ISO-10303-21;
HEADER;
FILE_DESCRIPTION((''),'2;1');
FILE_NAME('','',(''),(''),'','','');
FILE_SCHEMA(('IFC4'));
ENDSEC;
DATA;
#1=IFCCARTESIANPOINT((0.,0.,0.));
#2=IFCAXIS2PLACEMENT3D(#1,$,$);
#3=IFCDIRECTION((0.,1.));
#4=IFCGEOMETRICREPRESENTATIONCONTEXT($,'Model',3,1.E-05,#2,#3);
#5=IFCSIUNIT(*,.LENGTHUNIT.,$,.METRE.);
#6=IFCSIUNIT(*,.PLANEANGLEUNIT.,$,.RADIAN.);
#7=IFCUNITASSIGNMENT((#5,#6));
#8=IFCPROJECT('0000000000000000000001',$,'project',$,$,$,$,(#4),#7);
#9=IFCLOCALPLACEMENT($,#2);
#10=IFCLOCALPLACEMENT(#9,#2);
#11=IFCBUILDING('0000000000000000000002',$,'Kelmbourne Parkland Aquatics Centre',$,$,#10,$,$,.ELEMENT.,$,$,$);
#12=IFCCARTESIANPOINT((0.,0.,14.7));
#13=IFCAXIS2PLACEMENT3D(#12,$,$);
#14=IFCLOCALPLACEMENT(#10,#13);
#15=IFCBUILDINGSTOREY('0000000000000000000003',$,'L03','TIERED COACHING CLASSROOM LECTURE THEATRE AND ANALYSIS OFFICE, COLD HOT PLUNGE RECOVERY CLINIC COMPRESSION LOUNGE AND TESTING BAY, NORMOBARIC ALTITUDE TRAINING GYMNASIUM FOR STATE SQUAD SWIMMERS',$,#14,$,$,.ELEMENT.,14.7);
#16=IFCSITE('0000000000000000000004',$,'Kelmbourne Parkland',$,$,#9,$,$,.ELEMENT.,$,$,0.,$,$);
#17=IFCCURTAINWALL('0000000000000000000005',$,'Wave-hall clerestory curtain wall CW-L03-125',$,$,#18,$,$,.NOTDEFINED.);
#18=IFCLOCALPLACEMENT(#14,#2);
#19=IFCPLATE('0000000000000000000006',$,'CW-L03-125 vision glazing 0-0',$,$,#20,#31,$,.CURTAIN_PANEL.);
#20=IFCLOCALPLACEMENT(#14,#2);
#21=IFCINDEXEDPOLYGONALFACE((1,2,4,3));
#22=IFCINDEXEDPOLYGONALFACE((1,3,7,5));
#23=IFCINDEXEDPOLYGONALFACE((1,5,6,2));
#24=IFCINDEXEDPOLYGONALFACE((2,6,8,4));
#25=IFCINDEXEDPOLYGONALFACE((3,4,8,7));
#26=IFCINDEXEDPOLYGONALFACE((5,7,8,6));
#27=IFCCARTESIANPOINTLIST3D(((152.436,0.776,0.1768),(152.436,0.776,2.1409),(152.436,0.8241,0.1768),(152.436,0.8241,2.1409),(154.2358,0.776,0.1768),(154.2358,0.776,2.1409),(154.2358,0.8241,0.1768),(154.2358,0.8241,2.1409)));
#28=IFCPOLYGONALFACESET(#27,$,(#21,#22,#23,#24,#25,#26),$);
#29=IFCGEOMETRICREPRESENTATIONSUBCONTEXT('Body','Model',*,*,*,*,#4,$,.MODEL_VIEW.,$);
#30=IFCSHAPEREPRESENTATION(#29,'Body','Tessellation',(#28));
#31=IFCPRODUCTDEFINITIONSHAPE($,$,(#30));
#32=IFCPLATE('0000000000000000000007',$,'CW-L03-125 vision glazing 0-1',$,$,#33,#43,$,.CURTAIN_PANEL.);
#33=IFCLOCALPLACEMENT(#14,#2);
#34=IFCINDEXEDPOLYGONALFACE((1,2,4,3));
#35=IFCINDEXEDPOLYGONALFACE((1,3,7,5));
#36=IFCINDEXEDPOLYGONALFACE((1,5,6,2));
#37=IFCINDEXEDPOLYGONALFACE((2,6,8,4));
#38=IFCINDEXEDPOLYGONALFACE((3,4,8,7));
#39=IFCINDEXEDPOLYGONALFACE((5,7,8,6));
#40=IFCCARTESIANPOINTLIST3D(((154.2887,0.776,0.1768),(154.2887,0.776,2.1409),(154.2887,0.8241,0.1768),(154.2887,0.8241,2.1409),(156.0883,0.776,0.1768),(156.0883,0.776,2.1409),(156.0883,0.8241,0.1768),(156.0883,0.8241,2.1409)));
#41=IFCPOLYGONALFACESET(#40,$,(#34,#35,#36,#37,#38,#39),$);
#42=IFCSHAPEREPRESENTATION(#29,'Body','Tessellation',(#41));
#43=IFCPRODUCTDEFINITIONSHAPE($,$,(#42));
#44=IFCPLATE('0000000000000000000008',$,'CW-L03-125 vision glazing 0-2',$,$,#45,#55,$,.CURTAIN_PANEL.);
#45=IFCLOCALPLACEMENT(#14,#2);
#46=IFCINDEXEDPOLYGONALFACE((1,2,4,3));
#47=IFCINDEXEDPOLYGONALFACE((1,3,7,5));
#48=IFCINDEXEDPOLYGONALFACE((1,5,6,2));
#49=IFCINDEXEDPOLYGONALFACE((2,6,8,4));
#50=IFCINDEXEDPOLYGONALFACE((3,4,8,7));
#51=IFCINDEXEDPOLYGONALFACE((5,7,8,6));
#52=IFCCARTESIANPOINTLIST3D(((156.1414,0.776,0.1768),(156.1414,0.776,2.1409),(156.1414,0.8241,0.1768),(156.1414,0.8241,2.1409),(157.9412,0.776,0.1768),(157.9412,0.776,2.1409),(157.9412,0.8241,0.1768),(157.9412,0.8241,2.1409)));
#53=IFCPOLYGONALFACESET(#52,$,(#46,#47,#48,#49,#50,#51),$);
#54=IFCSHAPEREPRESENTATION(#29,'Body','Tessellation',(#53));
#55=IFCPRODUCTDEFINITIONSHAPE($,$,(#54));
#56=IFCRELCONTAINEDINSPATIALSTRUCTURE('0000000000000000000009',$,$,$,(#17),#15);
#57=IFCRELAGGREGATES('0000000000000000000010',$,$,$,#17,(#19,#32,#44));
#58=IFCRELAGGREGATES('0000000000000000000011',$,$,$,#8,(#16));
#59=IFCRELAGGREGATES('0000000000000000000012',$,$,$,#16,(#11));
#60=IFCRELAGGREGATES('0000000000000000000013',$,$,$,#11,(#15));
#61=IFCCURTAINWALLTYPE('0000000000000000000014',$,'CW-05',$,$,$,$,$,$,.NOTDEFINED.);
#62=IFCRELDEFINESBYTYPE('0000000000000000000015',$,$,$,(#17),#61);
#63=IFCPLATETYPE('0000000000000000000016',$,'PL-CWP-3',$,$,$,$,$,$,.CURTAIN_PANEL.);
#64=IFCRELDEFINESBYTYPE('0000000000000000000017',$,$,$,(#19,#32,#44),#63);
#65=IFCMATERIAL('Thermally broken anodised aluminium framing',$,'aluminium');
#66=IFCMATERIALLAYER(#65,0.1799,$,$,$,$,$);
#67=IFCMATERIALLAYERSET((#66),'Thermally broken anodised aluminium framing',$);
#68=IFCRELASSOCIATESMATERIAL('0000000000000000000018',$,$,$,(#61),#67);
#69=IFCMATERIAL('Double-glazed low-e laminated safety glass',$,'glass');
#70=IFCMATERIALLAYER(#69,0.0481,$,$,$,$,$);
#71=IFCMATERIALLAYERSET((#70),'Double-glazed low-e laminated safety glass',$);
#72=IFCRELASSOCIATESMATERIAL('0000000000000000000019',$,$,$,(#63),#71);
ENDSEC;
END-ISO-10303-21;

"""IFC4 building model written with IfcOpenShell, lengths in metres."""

from ifc_helpers import new_model, si_unit, direction, frame, origin, origin_2d, place, context, subcontext, project, spatial, rectangle, extrude, material, layer, layer_set, type_object, element, aggregate, save


model = new_model("IFC4")

# Units and contexts
model_context = context("Model", 3, precision=1e-05, world=origin(), true_north=direction((0.0, 1.0)))
body_context = subcontext(model_context, "Body", "Model", "MODEL_VIEW")
ifc_project = project(units=[si_unit("LENGTHUNIT", "METRE"), si_unit("PLANEANGLEUNIT", "RADIAN")], contexts=[model_context])

# Site, building, storey
site_placement = place(None, origin())
site = spatial("IfcSite", under=ifc_project, at=site_placement, Name="Kelmbourne Parkland", CompositionType="ELEMENT", RefElevation=0.0)
building_placement = place(site_placement, origin())
building = spatial("IfcBuilding", under=site, at=building_placement, Name="Kelmbourne Parkland Aquatics Centre", CompositionType="ELEMENT")
storey_placement = place(building_placement, frame((0.0, 0.0, 14.7)))
storey = spatial("IfcBuildingStorey", under=building, at=storey_placement, Name="L03", Description="TIERED COACHING CLASSROOM LECTURE THEATRE AND ANALYSIS OFFICE, COLD HOT PLUNGE RECOVERY CLINIC COMPRESSION LOUNGE AND TESTING BAY, NORMOBARIC ALTITUDE TRAINING GYMNASIUM FOR STATE SQUAD SWIMMERS", CompositionType="ELEMENT", Elevation=14.7)

# Curtain wall
ifc_material_1 = material(Name="Thermally broken anodised aluminium framing", Category="aluminium")
ifc_layer_1 = layer(ifc_material_1, 0.1799)
ifc_layer_set_1 = layer_set([ifc_layer_1], Name="Thermally broken anodised aluminium framing")
curtain_wall_type_1 = type_object("IfcCurtainWallType", Name="CW-05", PredefinedType="NOTDEFINED", material=ifc_layer_set_1)
curtain_wall_1_placement = place(storey_placement, origin())
curtain_wall_1 = element("IfcCurtainWall", 1, at=curtain_wall_1_placement, inside=storey, type_object=curtain_wall_type_1, Name="Wave-hall clerestory curtain wall CW-L03-125", PredefinedType="NOTDEFINED")

# Plates
ifc_material_2 = material(Name="Double-glazed low-e laminated safety glass", Category="glass")
ifc_layer_2 = layer(ifc_material_2, 0.0481)
ifc_layer_set_2 = layer_set([ifc_layer_2], Name="Double-glazed low-e laminated safety glass")
plate_type_1 = type_object("IfcPlateType", Name="PL-CWP-3", PredefinedType="CURTAIN_PANEL", material=ifc_layer_set_2)
plate_1_placement = place(storey_placement, frame((153.3359, 0.8, 0.1768), z_axis=(0.0, 0.0, 1.0), x_axis=(1.0, 0.0, 0.0)))
plate_1 = element("IfcPlate", 2, at=plate_1_placement, type_object=plate_type_1, Name="CW-L03-125 vision glazing 0-0", PredefinedType="CURTAIN_PANEL", context=body_context, shape_type="SweptSolid", body=[
    extrude(rectangle(XDim=1.7998, YDim=0.0481, at=origin_2d()), origin(), (0.0, 0.0, 1.0), 1.9641),
])
plate_2_placement = place(storey_placement, frame((155.1885, 0.8, 0.1768), z_axis=(0.0, 0.0, 1.0), x_axis=(1.0, 0.0, 0.0)))
plate_2 = element("IfcPlate", 3, at=plate_2_placement, type_object=plate_type_1, Name="CW-L03-125 vision glazing 0-1", PredefinedType="CURTAIN_PANEL", context=body_context, shape_type="SweptSolid", body=[
    extrude(rectangle(XDim=1.7996, YDim=0.0481, at=origin_2d()), origin(), (0.0, 0.0, 1.0), 1.9641),
])
plate_3_placement = place(storey_placement, frame((157.0413, 0.8, 0.1768), z_axis=(0.0, 0.0, 1.0), x_axis=(1.0, 0.0, 0.0)))
plate_3 = element("IfcPlate", 4, at=plate_3_placement, type_object=plate_type_1, Name="CW-L03-125 vision glazing 0-2", PredefinedType="CURTAIN_PANEL", context=body_context, shape_type="SweptSolid", body=[
    extrude(rectangle(XDim=1.7998, YDim=0.0481, at=origin_2d()), origin(), (0.0, 0.0, 1.0), 1.9641),
])
aggregate(curtain_wall_1, [plate_1, plate_2, plate_3])

save(model, "model.ifc")
